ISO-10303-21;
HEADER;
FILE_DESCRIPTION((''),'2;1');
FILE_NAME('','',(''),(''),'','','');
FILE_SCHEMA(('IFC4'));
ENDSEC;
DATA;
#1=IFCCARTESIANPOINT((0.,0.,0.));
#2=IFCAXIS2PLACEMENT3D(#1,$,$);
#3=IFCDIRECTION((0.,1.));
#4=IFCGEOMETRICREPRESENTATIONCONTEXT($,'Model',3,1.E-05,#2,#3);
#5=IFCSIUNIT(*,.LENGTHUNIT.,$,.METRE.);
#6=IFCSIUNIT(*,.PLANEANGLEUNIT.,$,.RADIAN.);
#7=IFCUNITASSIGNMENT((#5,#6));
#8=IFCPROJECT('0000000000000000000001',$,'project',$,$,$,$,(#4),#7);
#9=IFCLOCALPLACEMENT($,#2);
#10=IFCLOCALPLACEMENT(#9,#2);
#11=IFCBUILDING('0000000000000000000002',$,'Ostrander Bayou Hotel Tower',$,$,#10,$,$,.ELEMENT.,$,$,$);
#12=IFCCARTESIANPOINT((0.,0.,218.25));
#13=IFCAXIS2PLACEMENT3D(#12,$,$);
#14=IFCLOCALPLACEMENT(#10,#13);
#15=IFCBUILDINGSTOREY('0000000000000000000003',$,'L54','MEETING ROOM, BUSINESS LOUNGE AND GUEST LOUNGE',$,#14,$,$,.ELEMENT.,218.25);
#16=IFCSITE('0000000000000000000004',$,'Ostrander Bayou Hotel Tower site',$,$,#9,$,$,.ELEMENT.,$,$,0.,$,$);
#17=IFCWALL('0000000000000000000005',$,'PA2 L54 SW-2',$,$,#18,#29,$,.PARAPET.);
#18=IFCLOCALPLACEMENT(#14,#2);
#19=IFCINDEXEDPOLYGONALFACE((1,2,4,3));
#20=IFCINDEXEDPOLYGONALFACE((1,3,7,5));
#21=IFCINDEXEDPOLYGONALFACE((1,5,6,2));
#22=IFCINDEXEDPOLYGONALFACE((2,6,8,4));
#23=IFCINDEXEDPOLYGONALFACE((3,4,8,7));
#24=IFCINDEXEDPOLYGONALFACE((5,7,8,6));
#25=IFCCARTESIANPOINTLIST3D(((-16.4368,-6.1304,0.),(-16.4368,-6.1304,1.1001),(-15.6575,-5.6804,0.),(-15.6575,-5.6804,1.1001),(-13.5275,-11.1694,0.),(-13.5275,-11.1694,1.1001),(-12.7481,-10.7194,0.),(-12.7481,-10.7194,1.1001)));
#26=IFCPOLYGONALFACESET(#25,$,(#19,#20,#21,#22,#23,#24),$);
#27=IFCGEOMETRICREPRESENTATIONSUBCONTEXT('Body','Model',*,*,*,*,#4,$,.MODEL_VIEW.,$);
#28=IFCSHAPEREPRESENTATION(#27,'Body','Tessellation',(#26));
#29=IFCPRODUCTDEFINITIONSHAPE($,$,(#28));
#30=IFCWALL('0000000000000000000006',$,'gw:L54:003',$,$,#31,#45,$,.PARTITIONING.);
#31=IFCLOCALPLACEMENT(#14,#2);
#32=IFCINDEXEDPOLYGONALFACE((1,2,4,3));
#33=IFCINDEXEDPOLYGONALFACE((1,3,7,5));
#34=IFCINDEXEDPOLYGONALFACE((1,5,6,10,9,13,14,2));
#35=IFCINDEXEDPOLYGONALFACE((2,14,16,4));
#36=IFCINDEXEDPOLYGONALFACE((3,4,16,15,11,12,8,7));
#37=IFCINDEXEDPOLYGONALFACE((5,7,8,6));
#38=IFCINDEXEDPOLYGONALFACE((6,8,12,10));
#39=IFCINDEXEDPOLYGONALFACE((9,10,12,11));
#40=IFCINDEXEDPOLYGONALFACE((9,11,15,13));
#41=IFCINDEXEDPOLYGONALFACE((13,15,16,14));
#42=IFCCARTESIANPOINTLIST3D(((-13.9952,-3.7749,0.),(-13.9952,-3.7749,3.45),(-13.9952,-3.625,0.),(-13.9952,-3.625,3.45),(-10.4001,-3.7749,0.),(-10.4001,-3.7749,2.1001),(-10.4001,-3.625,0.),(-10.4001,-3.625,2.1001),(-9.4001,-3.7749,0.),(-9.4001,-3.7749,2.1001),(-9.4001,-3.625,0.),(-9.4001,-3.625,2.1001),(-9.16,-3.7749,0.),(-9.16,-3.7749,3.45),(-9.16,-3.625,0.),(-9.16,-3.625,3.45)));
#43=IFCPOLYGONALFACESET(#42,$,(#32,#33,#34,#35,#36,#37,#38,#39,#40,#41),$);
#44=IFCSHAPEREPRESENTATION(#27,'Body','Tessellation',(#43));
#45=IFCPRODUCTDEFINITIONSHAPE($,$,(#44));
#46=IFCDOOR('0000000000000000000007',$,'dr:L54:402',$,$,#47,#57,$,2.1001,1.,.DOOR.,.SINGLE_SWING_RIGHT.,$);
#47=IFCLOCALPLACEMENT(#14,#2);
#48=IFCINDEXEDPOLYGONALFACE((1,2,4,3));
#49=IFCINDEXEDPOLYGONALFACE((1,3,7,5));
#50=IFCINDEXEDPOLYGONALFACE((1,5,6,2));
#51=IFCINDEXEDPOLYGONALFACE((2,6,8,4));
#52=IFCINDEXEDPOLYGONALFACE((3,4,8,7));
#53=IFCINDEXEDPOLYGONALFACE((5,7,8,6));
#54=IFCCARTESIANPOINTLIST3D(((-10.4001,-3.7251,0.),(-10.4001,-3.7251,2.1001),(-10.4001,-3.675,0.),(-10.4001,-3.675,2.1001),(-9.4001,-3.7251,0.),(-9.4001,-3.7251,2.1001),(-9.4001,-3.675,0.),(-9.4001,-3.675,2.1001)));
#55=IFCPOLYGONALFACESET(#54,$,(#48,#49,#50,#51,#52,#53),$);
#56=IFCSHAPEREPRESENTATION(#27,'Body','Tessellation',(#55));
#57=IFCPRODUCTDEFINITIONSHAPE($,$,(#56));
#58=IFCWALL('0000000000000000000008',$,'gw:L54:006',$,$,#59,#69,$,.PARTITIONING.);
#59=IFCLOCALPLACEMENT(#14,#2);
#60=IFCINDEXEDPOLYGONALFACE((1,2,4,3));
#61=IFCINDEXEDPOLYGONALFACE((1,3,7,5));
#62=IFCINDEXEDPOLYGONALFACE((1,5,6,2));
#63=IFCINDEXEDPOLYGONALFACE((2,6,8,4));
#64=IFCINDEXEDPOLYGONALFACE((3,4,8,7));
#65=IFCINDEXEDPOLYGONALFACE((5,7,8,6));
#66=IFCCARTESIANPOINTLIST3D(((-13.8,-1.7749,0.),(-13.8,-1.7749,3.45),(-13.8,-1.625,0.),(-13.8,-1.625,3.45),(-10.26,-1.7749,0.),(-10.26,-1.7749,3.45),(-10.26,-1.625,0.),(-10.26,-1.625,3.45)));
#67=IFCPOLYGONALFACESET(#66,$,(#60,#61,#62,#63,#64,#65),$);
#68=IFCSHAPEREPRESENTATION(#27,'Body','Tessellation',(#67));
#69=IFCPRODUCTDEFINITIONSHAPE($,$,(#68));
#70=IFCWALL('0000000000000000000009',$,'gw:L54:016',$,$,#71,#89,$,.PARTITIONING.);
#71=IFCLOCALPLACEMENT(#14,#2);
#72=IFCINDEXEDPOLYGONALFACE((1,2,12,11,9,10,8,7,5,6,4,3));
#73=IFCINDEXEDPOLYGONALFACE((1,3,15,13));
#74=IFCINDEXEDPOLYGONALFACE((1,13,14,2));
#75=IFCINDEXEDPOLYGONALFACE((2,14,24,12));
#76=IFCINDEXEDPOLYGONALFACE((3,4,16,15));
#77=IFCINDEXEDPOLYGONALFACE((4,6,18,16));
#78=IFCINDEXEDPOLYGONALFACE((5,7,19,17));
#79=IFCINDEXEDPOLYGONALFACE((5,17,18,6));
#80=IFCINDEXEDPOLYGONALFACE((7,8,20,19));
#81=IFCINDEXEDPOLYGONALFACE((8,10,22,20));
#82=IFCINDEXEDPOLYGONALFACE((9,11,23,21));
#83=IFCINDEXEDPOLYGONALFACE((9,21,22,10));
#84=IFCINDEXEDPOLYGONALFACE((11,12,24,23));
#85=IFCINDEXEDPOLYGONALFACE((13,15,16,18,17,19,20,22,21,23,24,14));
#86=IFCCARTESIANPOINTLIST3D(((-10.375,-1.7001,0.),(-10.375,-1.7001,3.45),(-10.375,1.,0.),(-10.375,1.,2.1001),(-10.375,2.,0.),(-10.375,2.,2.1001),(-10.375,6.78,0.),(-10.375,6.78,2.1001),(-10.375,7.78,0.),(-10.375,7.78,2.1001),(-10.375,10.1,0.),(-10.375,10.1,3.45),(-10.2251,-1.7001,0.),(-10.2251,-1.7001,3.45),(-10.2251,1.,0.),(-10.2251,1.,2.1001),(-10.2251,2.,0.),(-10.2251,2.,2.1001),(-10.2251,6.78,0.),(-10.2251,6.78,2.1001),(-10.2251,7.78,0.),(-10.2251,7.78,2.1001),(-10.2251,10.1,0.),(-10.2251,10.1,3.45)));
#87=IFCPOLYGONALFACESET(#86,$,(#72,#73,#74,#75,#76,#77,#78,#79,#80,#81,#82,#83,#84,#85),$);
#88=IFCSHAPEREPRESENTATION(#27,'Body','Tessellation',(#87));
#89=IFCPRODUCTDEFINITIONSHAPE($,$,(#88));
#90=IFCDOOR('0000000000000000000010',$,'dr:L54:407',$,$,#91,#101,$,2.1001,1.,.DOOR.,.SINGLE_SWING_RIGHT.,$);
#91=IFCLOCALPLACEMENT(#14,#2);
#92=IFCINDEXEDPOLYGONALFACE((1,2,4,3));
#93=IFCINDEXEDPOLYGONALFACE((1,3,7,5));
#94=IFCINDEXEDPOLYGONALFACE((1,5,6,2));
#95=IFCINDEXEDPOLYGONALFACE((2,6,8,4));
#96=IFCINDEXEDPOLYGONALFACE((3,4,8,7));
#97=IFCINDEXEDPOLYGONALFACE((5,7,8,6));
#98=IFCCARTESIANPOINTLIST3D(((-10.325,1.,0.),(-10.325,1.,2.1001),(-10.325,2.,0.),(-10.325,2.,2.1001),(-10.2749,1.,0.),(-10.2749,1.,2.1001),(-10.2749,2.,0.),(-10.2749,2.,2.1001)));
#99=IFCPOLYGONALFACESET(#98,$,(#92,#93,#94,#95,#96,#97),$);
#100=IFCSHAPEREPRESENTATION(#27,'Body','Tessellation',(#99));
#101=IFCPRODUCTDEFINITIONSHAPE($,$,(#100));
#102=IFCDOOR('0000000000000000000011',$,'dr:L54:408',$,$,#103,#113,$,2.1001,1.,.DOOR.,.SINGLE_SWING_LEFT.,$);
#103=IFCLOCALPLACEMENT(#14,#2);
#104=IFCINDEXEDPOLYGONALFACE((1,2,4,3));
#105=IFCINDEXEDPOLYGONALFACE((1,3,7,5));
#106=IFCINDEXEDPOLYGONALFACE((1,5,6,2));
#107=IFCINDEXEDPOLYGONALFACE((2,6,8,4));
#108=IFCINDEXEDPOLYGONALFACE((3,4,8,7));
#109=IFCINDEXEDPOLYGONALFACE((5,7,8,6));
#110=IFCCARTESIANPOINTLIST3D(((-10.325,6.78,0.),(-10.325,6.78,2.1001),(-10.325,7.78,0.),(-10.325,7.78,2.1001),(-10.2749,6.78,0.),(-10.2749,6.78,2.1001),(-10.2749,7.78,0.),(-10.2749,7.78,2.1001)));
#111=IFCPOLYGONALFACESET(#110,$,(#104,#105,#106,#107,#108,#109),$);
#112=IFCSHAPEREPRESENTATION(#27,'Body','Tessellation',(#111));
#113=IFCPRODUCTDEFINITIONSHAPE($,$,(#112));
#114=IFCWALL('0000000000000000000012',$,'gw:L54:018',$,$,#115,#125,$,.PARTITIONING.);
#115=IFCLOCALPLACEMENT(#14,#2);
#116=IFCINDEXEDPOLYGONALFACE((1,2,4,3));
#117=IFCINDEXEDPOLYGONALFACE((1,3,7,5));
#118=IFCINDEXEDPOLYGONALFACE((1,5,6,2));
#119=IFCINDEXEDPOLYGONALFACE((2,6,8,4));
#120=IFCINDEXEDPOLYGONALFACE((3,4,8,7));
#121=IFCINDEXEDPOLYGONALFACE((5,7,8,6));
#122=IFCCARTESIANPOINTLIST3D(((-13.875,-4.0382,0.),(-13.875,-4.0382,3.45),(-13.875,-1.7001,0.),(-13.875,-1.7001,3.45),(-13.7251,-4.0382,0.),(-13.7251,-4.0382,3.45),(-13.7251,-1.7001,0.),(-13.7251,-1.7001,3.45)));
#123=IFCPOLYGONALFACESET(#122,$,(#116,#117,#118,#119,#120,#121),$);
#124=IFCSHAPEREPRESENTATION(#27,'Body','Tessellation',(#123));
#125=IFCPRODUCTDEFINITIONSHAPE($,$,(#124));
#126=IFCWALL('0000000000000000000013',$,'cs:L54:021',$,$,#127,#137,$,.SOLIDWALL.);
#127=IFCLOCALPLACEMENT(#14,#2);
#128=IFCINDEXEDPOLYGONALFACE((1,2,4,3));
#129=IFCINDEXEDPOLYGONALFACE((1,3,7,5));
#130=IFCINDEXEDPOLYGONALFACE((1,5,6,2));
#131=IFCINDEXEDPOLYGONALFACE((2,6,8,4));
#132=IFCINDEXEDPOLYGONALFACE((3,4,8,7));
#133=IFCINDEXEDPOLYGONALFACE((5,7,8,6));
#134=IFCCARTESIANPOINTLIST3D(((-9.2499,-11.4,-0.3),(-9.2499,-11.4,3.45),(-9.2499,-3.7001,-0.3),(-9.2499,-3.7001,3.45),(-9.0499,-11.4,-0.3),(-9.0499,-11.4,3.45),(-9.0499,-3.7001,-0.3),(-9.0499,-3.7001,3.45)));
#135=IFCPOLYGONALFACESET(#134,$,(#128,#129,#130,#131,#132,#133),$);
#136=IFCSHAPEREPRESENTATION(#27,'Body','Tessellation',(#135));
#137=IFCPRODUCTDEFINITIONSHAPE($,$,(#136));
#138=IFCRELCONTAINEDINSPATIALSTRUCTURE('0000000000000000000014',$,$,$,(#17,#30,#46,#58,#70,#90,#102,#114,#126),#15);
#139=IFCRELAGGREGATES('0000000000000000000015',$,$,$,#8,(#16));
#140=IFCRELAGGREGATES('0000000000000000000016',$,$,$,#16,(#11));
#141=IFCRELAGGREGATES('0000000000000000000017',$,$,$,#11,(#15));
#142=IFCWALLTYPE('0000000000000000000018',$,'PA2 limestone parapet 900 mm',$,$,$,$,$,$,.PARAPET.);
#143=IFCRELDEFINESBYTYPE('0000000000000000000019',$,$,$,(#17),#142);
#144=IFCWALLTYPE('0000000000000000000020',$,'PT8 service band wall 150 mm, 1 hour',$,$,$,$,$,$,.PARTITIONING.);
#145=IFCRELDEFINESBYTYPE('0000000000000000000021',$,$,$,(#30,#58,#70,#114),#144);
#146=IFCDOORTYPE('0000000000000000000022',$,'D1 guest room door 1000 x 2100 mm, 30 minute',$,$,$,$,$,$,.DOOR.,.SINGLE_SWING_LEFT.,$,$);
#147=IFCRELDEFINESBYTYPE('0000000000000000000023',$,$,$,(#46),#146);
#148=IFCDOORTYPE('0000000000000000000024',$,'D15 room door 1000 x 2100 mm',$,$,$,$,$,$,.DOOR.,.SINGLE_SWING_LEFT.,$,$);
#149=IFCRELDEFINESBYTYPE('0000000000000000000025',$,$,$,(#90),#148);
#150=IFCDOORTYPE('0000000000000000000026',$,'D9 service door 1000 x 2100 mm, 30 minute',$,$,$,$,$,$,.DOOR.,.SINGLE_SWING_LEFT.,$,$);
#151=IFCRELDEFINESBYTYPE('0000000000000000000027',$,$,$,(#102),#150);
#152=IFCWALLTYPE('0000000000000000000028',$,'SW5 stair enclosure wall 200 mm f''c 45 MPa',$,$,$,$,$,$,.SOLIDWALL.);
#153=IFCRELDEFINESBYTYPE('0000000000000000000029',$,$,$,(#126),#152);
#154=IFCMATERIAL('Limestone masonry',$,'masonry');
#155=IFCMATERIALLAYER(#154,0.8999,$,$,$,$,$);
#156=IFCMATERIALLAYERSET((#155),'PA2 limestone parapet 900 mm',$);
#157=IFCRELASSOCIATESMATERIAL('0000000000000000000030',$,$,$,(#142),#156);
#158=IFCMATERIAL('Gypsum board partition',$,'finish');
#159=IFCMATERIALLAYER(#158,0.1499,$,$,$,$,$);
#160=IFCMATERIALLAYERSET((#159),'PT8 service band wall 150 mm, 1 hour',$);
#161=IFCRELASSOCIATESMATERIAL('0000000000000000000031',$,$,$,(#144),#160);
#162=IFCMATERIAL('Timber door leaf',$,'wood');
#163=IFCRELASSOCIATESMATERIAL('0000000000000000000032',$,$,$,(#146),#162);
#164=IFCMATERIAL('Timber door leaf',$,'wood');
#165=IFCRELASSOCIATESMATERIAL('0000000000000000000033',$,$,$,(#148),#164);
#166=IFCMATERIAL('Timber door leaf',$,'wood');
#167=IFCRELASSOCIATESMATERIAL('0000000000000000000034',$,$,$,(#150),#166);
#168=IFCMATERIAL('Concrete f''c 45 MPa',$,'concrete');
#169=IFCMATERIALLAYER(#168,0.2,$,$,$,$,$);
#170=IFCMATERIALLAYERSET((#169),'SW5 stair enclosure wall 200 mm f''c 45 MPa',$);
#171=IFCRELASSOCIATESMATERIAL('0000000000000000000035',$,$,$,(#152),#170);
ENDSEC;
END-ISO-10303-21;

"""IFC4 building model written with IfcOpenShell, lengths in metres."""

from ifc_helpers import new_model, si_unit, direction, frame, frame_2d, origin, place, context, subcontext, project, spatial, rectangle, extrude, material, layer, layer_set, type_object, element, fill, save


model = new_model("IFC4")

# Units and contexts
model_context = context("Model", 3, precision=1e-05, world=origin(), true_north=direction((0.0, 1.0)))
body_context = subcontext(model_context, "Body", "Model", "MODEL_VIEW")
ifc_project = project(units=[si_unit("LENGTHUNIT", "METRE"), si_unit("PLANEANGLEUNIT", "RADIAN")], contexts=[model_context])

# Site, building, storey
site_placement = place(None, origin())
site = spatial("IfcSite", under=ifc_project, at=site_placement, Name="Ostrander Bayou Hotel Tower site", CompositionType="ELEMENT", RefElevation=0.0)
building_placement = place(site_placement, origin())
building = spatial("IfcBuilding", under=site, at=building_placement, Name="Ostrander Bayou Hotel Tower", CompositionType="ELEMENT")
storey_placement = place(building_placement, frame((0.0, 0.0, 218.25)))
storey = spatial("IfcBuildingStorey", under=building, at=storey_placement, Name="L54", Description="MEETING ROOM, BUSINESS LOUNGE AND GUEST LOUNGE", CompositionType="ELEMENT", Elevation=218.25)

# Wall
ifc_material_1 = material(Name="Limestone masonry", Category="masonry")
ifc_layer_1 = layer(ifc_material_1, 0.8999)
ifc_layer_set_1 = layer_set([ifc_layer_1], Name="PA2 limestone parapet 900 mm")
wall_type_1 = type_object("IfcWallType", Name="PA2 limestone parapet 900 mm", PredefinedType="PARAPET", material=ifc_layer_set_1)
wall_1_placement = place(storey_placement, frame((-16.0471, -5.9055, 0.0), z_axis=(0.0, 0.0, 1.0), x_axis=(0.500015, -0.866016, 0.0)))
element("IfcWall", 1, at=wall_1_placement, inside=storey, type_object=wall_type_1, Name="PA2 L54 SW-2", PredefinedType="PARAPET", context=body_context, shape_type="SweptSolid", body=[
    extrude(rectangle(XDim=5.8186, YDim=0.8999, at=frame_2d((2.9092, 0.0))), origin(), (0.0, 0.0, 1.0), 1.1001),
])

# Wall, opening, door
ifc_material_2 = material(Name="Gypsum board partition", Category="finish")
ifc_layer_2 = layer(ifc_material_2, 0.1499)
ifc_layer_set_2 = layer_set([ifc_layer_2], Name="PT8 service band wall 150 mm, 1 hour")
wall_type_2 = type_object("IfcWallType", Name="PT8 service band wall 150 mm, 1 hour", PredefinedType="PARTITIONING", material=ifc_layer_set_2)
wall_2_placement = place(storey_placement, frame((-13.9951, -3.7, 0.0), z_axis=(0.0, 0.0, 1.0), x_axis=(1.0, 0.0, 0.0)))
wall_2 = element("IfcWall", 2, at=wall_2_placement, inside=storey, type_object=wall_type_2, Name="gw:L54:003", PredefinedType="PARTITIONING", context=body_context, shape_type="SweptSolid", body=[
    extrude(rectangle(XDim=4.8352, YDim=0.1499, at=frame_2d((2.4175, 0.0))), origin(), (0.0, 0.0, 1.0), 3.45),
])
opening_1_placement = place(wall_2_placement, frame((3.595, 0.0, 0.0)))
opening_1 = element("IfcOpeningElement", 3, at=opening_1_placement, cuts=wall_2, PredefinedType="OPENING", context=body_context, shape_type="SweptSolid", body=[
    extrude(rectangle(XDim=1.0, YDim=2.1001, at=frame_2d((0.5, 1.05))), frame((0.0, 0.075, 0.0), z_axis=(0.0, -1.0, 0.0), x_axis=(1.0, 0.0, 0.0)), (0.0, 0.0, 1.0), 0.1499),
])
ifc_material_3 = material(Name="Timber door leaf", Category="wood")
door_type_1 = type_object("IfcDoorType", Name="D1 guest room door 1000 x 2100 mm, 30 minute", OperationType="SINGLE_SWING_LEFT", PredefinedType="DOOR", material=ifc_material_3)
door_1_placement = place(opening_1_placement, origin())
door_1 = element("IfcDoor", 4, at=door_1_placement, inside=storey, type_object=door_type_1, Name="dr:L54:402", OperationType="SINGLE_SWING_RIGHT", OverallHeight=2.1001, OverallWidth=1.0, PredefinedType="DOOR", context=body_context, shape_type="SweptSolid", body=[
    extrude(rectangle(XDim=1.0, YDim=2.1001, at=frame_2d((0.5, 1.05))), frame((0.0, 0.0249, 0.0), z_axis=(0.0, -1.0, 0.0), x_axis=(1.0, 0.0, 0.0)), (0.0, 0.0, 1.0), 0.05),
])
fill(opening_1, door_1)

# Wall
wall_3_placement = place(storey_placement, frame((-13.8, -1.7, 0.0), z_axis=(0.0, 0.0, 1.0), x_axis=(1.0, 0.0, 0.0)))
element("IfcWall", 5, at=wall_3_placement, inside=storey, type_object=wall_type_2, Name="gw:L54:006", PredefinedType="PARTITIONING", context=body_context, shape_type="SweptSolid", body=[
    extrude(rectangle(XDim=3.54, YDim=0.1499, at=frame_2d((1.77, 0.0))), origin(), (0.0, 0.0, 1.0), 3.45),
])

# Wall, openings, doors
wall_4_placement = place(storey_placement, frame((-10.3, -1.7, 0.0), z_axis=(0.0, 0.0, 1.0), x_axis=(0.0, 1.0, 0.0)))
wall_4 = element("IfcWall", 6, at=wall_4_placement, inside=storey, type_object=wall_type_2, Name="gw:L54:016", PredefinedType="PARTITIONING", context=body_context, shape_type="SweptSolid", body=[
    extrude(rectangle(XDim=11.8, YDim=0.1499, at=frame_2d((5.8999, 0.0))), origin(), (0.0, 0.0, 1.0), 3.45),
])
opening_2_placement = place(wall_4_placement, frame((2.7, 0.0, 0.0)))
opening_2 = element("IfcOpeningElement", 7, at=opening_2_placement, cuts=wall_4, PredefinedType="OPENING", context=body_context, shape_type="SweptSolid", body=[
    extrude(rectangle(XDim=1.0, YDim=2.1001, at=frame_2d((0.5, 1.05))), frame((0.0, 0.075, 0.0), z_axis=(0.0, -1.0, 0.0), x_axis=(1.0, 0.0, 0.0)), (0.0, 0.0, 1.0), 0.1499),
])
opening_3_placement = place(wall_4_placement, frame((8.48, 0.0, 0.0)))
opening_3 = element("IfcOpeningElement", 8, at=opening_3_placement, cuts=wall_4, PredefinedType="OPENING", context=body_context, shape_type="SweptSolid", body=[
    extrude(rectangle(XDim=1.0, YDim=2.1001, at=frame_2d((0.5, 1.05))), frame((0.0, 0.075, 0.0), z_axis=(0.0, -1.0, 0.0), x_axis=(1.0, 0.0, 0.0)), (0.0, 0.0, 1.0), 0.1499),
])
ifc_material_4 = material(Name="Timber door leaf", Category="wood")
door_type_2 = type_object("IfcDoorType", Name="D15 room door 1000 x 2100 mm", OperationType="SINGLE_SWING_LEFT", PredefinedType="DOOR", material=ifc_material_4)
door_2_placement = place(opening_2_placement, origin())
door_2 = element("IfcDoor", 9, at=door_2_placement, inside=storey, type_object=door_type_2, Name="dr:L54:407", OperationType="SINGLE_SWING_RIGHT", OverallHeight=2.1001, OverallWidth=1.0, PredefinedType="DOOR", context=body_context, shape_type="SweptSolid", body=[
    extrude(rectangle(XDim=1.0, YDim=2.1001, at=frame_2d((0.5, 1.05))), frame((0.0, 0.0249, 0.0), z_axis=(0.0, -1.0, 0.0), x_axis=(1.0, 0.0, 0.0)), (0.0, 0.0, 1.0), 0.05),
])
fill(opening_2, door_2)
ifc_material_5 = material(Name="Timber door leaf", Category="wood")
door_type_3 = type_object("IfcDoorType", Name="D9 service door 1000 x 2100 mm, 30 minute", OperationType="SINGLE_SWING_LEFT", PredefinedType="DOOR", material=ifc_material_5)
door_3_placement = place(opening_3_placement, origin())
door_3 = element("IfcDoor", 10, at=door_3_placement, inside=storey, type_object=door_type_3, Name="dr:L54:408", OperationType="SINGLE_SWING_LEFT", OverallHeight=2.1001, OverallWidth=1.0, PredefinedType="DOOR", context=body_context, shape_type="SweptSolid", body=[
    extrude(rectangle(XDim=1.0, YDim=2.1001, at=frame_2d((0.5, 1.05))), frame((0.0, 0.0249, 0.0), z_axis=(0.0, -1.0, 0.0), x_axis=(1.0, 0.0, 0.0)), (0.0, 0.0, 1.0), 0.05),
])
fill(opening_3, door_3)

# Wall
wall_5_placement = place(storey_placement, frame((-13.8, -4.0381, 0.0), z_axis=(0.0, 0.0, 1.0), x_axis=(0.0, 1.0, 0.0)))
element("IfcWall", 11, at=wall_5_placement, inside=storey, type_object=wall_type_2, Name="gw:L54:018", PredefinedType="PARTITIONING", context=body_context, shape_type="SweptSolid", body=[
    extrude(rectangle(XDim=2.3381, YDim=0.1499, at=frame_2d((1.1689, 0.0))), origin(), (0.0, 0.0, 1.0), 3.45),
])

# Shared definitions
ifc_material_6 = material(Name="Concrete f'c 45 MPa", Category="concrete")
ifc_layer_3 = layer(ifc_material_6, 0.2)
ifc_layer_set_3 = layer_set([ifc_layer_3], Name="SW5 stair enclosure wall 200 mm f'c 45 MPa")
wall_type_3 = type_object("IfcWallType", Name="SW5 stair enclosure wall 200 mm f'c 45 MPa", PredefinedType="SOLIDWALL", material=ifc_layer_set_3)

# Wall
wall_6_placement = place(storey_placement, frame((-9.1499, -3.7, -0.3), z_axis=(0.0, 0.0, 1.0), x_axis=(0.0, -1.0, 0.0)))
element("IfcWall", 12, at=wall_6_placement, inside=storey, type_object=wall_type_3, Name="cs:L54:021", PredefinedType="SOLIDWALL", context=body_context, shape_type="SweptSolid", body=[
    extrude(rectangle(XDim=7.7, YDim=0.2, at=frame_2d((3.8501, 0.0))), origin(), (0.0, 0.0, 1.0), 3.75),
])

save(model, "model.ifc")
